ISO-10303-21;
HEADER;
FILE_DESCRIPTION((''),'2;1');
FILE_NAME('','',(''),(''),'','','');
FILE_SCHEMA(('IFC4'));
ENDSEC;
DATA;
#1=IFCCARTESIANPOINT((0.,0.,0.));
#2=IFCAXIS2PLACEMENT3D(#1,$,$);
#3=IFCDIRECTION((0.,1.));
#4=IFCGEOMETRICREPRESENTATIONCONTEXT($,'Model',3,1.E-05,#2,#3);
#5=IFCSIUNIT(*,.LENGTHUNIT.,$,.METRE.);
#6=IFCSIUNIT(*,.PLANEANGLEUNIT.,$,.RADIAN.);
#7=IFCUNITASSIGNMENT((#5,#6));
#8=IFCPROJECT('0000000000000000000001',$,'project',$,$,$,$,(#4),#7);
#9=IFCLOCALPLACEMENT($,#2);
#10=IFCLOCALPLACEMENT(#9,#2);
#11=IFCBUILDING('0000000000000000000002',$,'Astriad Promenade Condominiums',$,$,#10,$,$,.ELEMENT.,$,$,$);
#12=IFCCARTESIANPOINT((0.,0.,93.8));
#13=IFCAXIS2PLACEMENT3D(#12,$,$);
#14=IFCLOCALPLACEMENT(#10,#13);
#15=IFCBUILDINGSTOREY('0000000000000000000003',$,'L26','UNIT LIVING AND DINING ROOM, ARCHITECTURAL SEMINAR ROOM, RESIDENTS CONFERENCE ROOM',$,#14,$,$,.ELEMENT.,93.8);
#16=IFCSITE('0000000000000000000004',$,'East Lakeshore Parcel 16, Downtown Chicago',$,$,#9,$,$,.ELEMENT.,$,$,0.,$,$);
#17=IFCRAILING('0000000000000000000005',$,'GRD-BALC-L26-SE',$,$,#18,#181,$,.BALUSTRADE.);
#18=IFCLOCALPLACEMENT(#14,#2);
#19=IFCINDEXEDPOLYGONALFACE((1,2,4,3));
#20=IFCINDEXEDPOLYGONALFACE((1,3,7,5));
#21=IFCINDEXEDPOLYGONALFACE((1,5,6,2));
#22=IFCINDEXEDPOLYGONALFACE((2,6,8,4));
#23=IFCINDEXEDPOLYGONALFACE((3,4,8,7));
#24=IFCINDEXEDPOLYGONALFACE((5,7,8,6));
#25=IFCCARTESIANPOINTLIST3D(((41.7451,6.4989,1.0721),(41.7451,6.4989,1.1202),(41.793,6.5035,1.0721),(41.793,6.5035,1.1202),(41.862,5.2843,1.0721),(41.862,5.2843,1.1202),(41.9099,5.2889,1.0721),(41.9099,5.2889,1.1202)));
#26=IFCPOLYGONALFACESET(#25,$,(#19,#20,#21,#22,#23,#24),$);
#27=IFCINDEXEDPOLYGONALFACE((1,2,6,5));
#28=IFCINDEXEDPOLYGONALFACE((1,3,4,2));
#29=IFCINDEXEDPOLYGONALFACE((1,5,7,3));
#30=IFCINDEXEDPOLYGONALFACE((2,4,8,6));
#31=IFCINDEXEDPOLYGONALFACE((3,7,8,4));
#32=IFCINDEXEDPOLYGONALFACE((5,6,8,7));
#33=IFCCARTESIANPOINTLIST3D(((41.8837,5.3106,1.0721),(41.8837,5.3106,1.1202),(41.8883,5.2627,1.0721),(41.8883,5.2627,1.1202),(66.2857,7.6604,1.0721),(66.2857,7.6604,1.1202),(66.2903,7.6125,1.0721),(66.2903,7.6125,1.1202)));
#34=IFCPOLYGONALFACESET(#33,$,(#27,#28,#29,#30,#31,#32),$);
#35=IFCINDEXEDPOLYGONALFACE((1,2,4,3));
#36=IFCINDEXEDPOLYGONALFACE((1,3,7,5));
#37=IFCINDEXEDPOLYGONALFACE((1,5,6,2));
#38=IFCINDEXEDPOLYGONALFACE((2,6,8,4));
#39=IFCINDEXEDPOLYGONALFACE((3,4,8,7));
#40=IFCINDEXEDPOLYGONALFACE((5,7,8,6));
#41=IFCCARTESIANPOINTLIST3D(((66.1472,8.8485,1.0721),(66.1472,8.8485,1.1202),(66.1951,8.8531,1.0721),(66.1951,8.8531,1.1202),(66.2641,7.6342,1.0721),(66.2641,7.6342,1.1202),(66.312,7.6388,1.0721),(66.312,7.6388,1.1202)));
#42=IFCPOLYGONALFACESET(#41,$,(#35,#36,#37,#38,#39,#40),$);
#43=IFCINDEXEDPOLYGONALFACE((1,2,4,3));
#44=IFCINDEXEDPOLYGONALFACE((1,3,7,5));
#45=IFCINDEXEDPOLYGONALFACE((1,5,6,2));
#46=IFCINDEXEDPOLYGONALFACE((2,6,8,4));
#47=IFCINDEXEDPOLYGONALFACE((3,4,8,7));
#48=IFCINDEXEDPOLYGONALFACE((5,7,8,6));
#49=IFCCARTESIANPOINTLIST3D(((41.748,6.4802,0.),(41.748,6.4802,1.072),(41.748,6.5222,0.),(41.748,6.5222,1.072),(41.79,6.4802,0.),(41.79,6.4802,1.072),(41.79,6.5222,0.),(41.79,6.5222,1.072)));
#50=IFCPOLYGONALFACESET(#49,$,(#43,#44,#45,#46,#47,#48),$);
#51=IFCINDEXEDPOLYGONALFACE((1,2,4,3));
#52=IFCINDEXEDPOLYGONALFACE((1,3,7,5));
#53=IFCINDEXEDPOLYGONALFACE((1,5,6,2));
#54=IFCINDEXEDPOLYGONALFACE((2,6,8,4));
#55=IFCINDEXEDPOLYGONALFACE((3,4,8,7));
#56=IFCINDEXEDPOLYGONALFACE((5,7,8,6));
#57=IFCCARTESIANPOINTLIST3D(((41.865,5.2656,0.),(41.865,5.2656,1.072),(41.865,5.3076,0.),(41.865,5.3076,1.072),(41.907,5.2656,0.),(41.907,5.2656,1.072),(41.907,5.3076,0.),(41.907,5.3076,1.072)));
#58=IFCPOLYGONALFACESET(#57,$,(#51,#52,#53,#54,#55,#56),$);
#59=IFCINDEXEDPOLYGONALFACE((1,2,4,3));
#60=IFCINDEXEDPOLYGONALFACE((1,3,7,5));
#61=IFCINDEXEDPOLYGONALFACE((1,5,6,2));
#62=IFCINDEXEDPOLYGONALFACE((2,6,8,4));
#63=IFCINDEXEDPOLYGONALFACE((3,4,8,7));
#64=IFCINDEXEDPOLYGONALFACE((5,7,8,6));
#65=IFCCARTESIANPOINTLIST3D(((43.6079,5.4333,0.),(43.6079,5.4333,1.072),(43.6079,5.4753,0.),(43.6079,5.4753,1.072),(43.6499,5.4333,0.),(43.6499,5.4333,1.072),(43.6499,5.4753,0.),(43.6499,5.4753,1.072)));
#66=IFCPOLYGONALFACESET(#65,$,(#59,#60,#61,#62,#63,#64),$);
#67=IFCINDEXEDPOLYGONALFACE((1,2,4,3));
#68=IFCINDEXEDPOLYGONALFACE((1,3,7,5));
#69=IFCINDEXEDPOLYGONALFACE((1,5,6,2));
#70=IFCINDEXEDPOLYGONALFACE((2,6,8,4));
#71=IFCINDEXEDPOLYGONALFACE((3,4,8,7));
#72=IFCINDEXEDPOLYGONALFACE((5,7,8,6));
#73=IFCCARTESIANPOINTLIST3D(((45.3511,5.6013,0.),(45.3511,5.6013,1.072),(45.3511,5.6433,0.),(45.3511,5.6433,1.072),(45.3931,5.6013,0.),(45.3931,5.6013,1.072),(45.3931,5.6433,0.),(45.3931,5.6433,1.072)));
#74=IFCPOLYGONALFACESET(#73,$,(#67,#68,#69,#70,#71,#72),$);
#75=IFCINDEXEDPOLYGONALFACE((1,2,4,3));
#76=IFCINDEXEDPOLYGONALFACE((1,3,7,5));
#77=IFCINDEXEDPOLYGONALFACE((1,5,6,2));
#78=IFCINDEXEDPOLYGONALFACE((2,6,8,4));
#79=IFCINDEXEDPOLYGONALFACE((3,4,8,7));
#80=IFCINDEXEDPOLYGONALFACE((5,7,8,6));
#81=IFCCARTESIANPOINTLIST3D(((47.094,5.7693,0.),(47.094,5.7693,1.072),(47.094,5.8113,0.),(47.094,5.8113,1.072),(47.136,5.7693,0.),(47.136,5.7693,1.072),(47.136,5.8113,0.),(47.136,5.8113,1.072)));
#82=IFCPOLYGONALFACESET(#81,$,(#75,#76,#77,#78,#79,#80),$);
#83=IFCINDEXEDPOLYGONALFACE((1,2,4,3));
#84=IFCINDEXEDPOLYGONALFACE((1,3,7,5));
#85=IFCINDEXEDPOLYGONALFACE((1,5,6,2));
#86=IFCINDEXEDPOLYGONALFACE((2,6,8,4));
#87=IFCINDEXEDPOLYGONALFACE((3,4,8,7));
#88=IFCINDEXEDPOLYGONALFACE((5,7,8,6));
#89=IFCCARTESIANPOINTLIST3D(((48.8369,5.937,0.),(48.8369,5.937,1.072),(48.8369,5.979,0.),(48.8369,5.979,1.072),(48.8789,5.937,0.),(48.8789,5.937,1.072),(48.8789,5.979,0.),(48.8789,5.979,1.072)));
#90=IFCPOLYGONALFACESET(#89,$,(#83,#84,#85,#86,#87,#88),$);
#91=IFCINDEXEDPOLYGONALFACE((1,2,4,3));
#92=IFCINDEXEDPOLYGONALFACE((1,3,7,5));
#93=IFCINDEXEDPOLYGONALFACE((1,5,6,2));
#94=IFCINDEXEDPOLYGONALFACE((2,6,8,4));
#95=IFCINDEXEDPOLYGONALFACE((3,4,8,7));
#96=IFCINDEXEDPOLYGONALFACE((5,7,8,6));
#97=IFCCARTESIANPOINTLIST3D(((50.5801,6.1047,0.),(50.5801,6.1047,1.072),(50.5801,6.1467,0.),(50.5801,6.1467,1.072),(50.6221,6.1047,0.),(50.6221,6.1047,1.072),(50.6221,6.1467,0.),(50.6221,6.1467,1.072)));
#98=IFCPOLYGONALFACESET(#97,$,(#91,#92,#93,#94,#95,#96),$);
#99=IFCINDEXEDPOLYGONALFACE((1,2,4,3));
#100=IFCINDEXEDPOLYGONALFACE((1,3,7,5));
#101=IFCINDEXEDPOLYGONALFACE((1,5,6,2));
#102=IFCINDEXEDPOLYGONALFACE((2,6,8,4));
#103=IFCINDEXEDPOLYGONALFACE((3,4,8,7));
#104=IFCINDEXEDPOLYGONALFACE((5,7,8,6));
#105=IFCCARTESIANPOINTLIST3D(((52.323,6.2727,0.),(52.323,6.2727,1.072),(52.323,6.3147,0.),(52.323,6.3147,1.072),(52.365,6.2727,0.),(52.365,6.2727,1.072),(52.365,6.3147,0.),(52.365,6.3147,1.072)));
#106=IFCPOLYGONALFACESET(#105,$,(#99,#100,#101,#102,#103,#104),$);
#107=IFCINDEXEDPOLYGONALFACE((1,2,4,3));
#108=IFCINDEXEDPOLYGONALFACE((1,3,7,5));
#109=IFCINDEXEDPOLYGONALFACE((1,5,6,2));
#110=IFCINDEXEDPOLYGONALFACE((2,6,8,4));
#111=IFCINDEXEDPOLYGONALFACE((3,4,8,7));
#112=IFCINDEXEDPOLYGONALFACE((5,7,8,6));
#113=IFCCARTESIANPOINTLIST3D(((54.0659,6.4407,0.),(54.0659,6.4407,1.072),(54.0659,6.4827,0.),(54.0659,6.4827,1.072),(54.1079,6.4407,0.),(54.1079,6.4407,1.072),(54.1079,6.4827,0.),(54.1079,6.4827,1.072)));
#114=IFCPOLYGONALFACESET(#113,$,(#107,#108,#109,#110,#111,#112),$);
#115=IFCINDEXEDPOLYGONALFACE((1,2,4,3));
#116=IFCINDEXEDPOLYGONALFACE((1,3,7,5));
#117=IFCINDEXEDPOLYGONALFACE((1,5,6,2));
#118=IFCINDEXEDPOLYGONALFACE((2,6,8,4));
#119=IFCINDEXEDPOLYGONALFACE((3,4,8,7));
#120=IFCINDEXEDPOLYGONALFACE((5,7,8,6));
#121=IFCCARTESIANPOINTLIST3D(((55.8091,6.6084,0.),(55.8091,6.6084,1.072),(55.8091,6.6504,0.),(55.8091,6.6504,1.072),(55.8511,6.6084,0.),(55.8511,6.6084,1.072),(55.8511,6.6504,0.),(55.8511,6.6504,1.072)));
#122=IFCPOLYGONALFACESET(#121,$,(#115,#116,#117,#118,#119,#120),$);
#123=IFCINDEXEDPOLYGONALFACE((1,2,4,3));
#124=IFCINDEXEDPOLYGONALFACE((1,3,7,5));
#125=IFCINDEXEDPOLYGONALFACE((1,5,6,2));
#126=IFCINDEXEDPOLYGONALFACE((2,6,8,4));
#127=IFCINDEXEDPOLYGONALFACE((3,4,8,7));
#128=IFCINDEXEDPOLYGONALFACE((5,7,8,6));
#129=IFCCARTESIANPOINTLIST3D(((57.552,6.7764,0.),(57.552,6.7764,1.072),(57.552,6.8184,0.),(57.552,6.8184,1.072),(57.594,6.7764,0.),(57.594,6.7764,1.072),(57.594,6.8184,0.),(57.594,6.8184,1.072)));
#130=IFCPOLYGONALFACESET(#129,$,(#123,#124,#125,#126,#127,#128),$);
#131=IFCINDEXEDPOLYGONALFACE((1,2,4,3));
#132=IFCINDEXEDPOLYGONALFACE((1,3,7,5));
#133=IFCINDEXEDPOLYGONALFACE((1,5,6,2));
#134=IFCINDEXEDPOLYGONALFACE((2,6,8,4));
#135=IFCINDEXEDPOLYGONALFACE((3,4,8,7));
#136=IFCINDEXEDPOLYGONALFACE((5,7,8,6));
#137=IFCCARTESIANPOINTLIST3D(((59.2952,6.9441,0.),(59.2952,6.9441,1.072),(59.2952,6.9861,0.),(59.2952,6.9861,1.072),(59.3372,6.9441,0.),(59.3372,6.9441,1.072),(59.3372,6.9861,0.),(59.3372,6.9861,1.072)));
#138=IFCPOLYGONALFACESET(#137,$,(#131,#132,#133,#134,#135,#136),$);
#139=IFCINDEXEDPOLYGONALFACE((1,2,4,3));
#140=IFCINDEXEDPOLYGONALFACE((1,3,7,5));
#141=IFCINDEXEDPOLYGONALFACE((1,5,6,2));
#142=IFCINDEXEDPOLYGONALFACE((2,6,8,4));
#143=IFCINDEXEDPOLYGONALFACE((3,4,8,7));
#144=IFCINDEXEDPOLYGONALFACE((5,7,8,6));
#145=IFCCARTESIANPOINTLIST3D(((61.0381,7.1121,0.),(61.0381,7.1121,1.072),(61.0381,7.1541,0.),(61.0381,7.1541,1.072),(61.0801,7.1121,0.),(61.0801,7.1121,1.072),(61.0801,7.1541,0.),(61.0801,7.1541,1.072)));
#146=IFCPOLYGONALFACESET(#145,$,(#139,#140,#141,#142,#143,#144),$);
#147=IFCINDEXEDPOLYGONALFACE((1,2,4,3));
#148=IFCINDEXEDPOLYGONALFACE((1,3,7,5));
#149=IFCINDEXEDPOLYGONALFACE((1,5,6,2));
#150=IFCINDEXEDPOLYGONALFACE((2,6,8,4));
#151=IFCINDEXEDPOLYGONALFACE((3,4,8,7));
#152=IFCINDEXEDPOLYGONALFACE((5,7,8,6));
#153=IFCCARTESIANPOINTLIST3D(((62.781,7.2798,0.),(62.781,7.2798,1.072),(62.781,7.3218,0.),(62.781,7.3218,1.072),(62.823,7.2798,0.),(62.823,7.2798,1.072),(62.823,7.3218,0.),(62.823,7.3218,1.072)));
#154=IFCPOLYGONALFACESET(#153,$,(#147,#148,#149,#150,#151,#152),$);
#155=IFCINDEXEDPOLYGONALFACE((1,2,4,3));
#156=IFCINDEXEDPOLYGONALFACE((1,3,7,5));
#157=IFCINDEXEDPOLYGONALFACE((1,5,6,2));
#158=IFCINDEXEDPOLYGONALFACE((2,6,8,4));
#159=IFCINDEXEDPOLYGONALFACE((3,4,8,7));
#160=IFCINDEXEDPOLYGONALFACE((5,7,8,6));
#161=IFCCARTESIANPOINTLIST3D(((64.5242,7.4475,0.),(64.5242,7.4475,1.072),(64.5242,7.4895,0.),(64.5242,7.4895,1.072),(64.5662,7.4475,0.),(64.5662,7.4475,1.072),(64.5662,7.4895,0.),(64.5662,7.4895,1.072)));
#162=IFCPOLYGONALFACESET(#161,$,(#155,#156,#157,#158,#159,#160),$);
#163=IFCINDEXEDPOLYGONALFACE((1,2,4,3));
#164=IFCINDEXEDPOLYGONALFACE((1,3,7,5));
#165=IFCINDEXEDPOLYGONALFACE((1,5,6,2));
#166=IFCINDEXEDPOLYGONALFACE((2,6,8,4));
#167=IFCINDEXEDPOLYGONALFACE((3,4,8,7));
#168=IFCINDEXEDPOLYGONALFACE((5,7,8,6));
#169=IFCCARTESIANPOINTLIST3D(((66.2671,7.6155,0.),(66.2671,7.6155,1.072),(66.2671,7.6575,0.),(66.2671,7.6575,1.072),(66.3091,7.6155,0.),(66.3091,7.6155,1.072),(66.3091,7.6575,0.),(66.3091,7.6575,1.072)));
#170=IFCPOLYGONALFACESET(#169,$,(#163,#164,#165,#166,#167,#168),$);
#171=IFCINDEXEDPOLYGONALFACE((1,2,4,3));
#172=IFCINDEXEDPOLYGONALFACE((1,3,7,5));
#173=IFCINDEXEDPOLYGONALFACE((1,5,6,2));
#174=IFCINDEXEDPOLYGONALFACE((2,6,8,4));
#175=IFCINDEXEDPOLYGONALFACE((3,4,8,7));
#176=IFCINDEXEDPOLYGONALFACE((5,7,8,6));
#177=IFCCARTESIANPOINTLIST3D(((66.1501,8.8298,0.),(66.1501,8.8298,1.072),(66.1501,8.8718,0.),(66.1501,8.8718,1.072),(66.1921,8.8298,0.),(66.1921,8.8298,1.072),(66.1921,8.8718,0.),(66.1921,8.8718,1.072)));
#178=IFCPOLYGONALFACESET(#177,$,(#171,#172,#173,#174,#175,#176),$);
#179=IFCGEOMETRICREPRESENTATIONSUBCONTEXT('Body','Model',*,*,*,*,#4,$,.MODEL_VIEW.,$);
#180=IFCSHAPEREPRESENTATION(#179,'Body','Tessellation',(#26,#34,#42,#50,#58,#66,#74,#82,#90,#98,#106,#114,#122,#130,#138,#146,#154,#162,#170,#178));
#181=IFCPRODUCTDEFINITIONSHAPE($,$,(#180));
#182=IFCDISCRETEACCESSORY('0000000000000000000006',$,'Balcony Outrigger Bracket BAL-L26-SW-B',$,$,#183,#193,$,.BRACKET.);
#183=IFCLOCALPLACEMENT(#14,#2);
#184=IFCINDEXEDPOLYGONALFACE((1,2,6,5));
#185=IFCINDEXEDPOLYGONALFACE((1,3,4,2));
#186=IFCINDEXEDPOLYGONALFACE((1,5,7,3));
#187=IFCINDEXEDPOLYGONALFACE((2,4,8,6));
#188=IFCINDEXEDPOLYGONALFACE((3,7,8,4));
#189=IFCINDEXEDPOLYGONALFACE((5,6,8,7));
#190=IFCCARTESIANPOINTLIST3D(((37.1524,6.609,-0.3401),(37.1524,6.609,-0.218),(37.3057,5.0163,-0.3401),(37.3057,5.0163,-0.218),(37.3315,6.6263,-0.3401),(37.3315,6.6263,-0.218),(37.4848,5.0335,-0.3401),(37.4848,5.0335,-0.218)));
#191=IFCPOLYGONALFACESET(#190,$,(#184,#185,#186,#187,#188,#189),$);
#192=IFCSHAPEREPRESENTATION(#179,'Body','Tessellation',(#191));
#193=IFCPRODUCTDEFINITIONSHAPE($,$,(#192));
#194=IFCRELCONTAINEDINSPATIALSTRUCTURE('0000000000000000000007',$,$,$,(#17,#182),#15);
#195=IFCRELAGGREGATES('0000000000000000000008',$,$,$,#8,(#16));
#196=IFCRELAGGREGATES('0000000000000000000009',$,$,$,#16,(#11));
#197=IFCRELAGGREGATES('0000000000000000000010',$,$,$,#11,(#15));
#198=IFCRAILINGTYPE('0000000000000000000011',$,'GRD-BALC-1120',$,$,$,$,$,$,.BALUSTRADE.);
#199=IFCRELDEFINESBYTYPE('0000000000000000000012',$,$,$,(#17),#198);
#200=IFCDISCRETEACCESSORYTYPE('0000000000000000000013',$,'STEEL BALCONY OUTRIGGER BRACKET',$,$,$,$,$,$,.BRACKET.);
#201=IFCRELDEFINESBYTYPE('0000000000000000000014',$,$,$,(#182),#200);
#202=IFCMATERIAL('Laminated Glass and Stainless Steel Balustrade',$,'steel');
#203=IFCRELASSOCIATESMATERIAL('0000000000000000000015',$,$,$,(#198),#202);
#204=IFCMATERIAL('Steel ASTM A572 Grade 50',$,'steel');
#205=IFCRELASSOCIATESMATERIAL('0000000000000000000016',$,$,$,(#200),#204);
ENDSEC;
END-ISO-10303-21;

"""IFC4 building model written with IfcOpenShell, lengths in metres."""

from ifc_helpers import new_model, si_unit, direction, frame, origin, origin_2d, place, context, subcontext, project, spatial, rectangle, extrude, source, transform, mapped, material, type_object, type_shapes, element, save


model = new_model("IFC4")

# Units and contexts
model_context = context("Model", 3, precision=1e-05, world=origin(), true_north=direction((0.0, 1.0)))
body_context = subcontext(model_context, "Body", "Model", "MODEL_VIEW")
ifc_project = project(units=[si_unit("LENGTHUNIT", "METRE"), si_unit("PLANEANGLEUNIT", "RADIAN")], contexts=[model_context])

# Site, building, storey
site_placement = place(None, origin())
site = spatial("IfcSite", under=ifc_project, at=site_placement, Name="East Lakeshore Parcel 16, Downtown Chicago", CompositionType="ELEMENT", RefElevation=0.0)
building_placement = place(site_placement, origin())
building = spatial("IfcBuilding", under=site, at=building_placement, Name="Astriad Promenade Condominiums", CompositionType="ELEMENT")
storey_placement = place(building_placement, frame((0.0, 0.0, 93.8)))
storey = spatial("IfcBuildingStorey", under=building, at=storey_placement, Name="L26", Description="UNIT LIVING AND DINING ROOM, ARCHITECTURAL SEMINAR ROOM, RESIDENTS CONFERENCE ROOM", CompositionType="ELEMENT", Elevation=93.8)

# Railing
ifc_material_1 = material(Name="Laminated Glass and Stainless Steel Balustrade", Category="steel")
railing_type = type_object("IfcRailingType", Name="GRD-BALC-1120", PredefinedType="BALUSTRADE", material=ifc_material_1)
shared_shape_1 = source(origin(), body_context, "Body", "SweptSolid", [
    extrude(rectangle(XDim=0.0481, YDim=0.0481, at=origin_2d()), frame((0.0, 0.0, 1.0962), z_axis=(0.095838, -0.995397, 0.0), x_axis=(0.995397, 0.095838, 0.0)), (0.0, 0.0, 1.0), 1.2202),
    extrude(rectangle(XDim=0.0481, YDim=0.0481, at=origin_2d()), frame((0.1169, -1.2146, 1.0962), z_axis=(0.995395, 0.095854, 0.0), x_axis=(-0.095854, 0.995395, 0.0)), (0.0, 0.0, 1.0), 24.5149),
    extrude(rectangle(XDim=0.0481, YDim=0.0481, at=origin_2d()), frame((24.519, 1.1353, 1.0962), z_axis=(-0.095857, 0.995395, 0.0), x_axis=(-0.995395, -0.095857, 0.0)), (0.0, 0.0, 1.0), 1.22),
    extrude(rectangle(XDim=0.042, YDim=0.042, at=origin_2d()), origin(), (0.0, 0.0, 1.0), 1.072),
    extrude(rectangle(XDim=0.042, YDim=0.042, at=origin_2d()), frame((0.1169, -1.2146, 0.0)), (0.0, 0.0, 1.0), 1.072),
    extrude(rectangle(XDim=0.042, YDim=0.042, at=origin_2d()), frame((1.8599, -1.0469, 0.0)), (0.0, 0.0, 1.0), 1.072),
    extrude(rectangle(XDim=0.042, YDim=0.042, at=origin_2d()), frame((3.603, -0.8789, 0.0)), (0.0, 0.0, 1.0), 1.072),
    extrude(rectangle(XDim=0.042, YDim=0.042, at=origin_2d()), frame((5.3459, -0.7109, 0.0)), (0.0, 0.0, 1.0), 1.072),
    extrude(rectangle(XDim=0.042, YDim=0.042, at=origin_2d()), frame((7.0889, -0.5432, 0.0)), (0.0, 0.0, 1.0), 1.072),
    extrude(rectangle(XDim=0.042, YDim=0.042, at=origin_2d()), frame((8.832, -0.3755, 0.0)), (0.0, 0.0, 1.0), 1.072),
    extrude(rectangle(XDim=0.042, YDim=0.042, at=origin_2d()), frame((10.575, -0.2075, 0.0)), (0.0, 0.0, 1.0), 1.072),
    extrude(rectangle(XDim=0.042, YDim=0.042, at=origin_2d()), frame((12.3179, -0.0396, 0.0)), (0.0, 0.0, 1.0), 1.072),
    extrude(rectangle(XDim=0.042, YDim=0.042, at=origin_2d()), frame((14.061, 0.1282, 0.0)), (0.0, 0.0, 1.0), 1.072),
    extrude(rectangle(XDim=0.042, YDim=0.042, at=origin_2d()), frame((15.804, 0.2961, 0.0)), (0.0, 0.0, 1.0), 1.072),
    extrude(rectangle(XDim=0.042, YDim=0.042, at=origin_2d()), frame((17.5471, 0.4639, 0.0)), (0.0, 0.0, 1.0), 1.072),
    extrude(rectangle(XDim=0.042, YDim=0.042, at=origin_2d()), frame((19.29, 0.6318, 0.0)), (0.0, 0.0, 1.0), 1.072),
    extrude(rectangle(XDim=0.042, YDim=0.042, at=origin_2d()), frame((21.033, 0.7996, 0.0)), (0.0, 0.0, 1.0), 1.072),
    extrude(rectangle(XDim=0.042, YDim=0.042, at=origin_2d()), frame((22.7761, 0.9673, 0.0)), (0.0, 0.0, 1.0), 1.072),
    extrude(rectangle(XDim=0.042, YDim=0.042, at=origin_2d()), frame((24.519, 1.1353, 0.0)), (0.0, 0.0, 1.0), 1.072),
    extrude(rectangle(XDim=0.042, YDim=0.042, at=origin_2d()), frame((24.4021, 2.3496, 0.0)), (0.0, 0.0, 1.0), 1.072),
])
type_shapes(railing_type, [shared_shape_1])
railing_placement = place(storey_placement, frame((41.769, 6.5012, 0.0)))
element("IfcRailing", 1, at=railing_placement, inside=storey, type_object=railing_type, Name="GRD-BALC-L26-SE", PredefinedType="BALUSTRADE", context=body_context, shape_type="MappedRepresentation", body=[
    mapped(shared_shape_1, transform((0.0, 0.0, 0.0), scale=1.0)),
])

# Discrete accessory
ifc_material_2 = material(Name="Steel ASTM A572 Grade 50", Category="steel")
discrete_accessory_type = type_object("IfcDiscreteAccessoryType", Name="STEEL BALCONY OUTRIGGER BRACKET", PredefinedType="BRACKET", material=ifc_material_2)
shared_shape_2 = source(origin(), body_context, "Body", "SweptSolid", [
    extrude(rectangle(XDim=1.6001, YDim=0.1799, at=origin_2d()), origin(), (0.0, 0.0, 1.0), 0.1221),
])
type_shapes(discrete_accessory_type, [shared_shape_2])
discrete_accessory_placement = place(storey_placement, frame((37.3186, 5.8213, -0.3401), z_axis=(0.0, 0.0, 1.0), x_axis=(0.095846, -0.995396, 0.0)))
element("IfcDiscreteAccessory", 2, at=discrete_accessory_placement, inside=storey, type_object=discrete_accessory_type, Name="Balcony Outrigger Bracket BAL-L26-SW-B", PredefinedType="BRACKET", context=body_context, shape_type="MappedRepresentation", body=[
    mapped(shared_shape_2, transform((0.0, 0.0, 0.0), scale=1.0)),
])

save(model, "model.ifc")
